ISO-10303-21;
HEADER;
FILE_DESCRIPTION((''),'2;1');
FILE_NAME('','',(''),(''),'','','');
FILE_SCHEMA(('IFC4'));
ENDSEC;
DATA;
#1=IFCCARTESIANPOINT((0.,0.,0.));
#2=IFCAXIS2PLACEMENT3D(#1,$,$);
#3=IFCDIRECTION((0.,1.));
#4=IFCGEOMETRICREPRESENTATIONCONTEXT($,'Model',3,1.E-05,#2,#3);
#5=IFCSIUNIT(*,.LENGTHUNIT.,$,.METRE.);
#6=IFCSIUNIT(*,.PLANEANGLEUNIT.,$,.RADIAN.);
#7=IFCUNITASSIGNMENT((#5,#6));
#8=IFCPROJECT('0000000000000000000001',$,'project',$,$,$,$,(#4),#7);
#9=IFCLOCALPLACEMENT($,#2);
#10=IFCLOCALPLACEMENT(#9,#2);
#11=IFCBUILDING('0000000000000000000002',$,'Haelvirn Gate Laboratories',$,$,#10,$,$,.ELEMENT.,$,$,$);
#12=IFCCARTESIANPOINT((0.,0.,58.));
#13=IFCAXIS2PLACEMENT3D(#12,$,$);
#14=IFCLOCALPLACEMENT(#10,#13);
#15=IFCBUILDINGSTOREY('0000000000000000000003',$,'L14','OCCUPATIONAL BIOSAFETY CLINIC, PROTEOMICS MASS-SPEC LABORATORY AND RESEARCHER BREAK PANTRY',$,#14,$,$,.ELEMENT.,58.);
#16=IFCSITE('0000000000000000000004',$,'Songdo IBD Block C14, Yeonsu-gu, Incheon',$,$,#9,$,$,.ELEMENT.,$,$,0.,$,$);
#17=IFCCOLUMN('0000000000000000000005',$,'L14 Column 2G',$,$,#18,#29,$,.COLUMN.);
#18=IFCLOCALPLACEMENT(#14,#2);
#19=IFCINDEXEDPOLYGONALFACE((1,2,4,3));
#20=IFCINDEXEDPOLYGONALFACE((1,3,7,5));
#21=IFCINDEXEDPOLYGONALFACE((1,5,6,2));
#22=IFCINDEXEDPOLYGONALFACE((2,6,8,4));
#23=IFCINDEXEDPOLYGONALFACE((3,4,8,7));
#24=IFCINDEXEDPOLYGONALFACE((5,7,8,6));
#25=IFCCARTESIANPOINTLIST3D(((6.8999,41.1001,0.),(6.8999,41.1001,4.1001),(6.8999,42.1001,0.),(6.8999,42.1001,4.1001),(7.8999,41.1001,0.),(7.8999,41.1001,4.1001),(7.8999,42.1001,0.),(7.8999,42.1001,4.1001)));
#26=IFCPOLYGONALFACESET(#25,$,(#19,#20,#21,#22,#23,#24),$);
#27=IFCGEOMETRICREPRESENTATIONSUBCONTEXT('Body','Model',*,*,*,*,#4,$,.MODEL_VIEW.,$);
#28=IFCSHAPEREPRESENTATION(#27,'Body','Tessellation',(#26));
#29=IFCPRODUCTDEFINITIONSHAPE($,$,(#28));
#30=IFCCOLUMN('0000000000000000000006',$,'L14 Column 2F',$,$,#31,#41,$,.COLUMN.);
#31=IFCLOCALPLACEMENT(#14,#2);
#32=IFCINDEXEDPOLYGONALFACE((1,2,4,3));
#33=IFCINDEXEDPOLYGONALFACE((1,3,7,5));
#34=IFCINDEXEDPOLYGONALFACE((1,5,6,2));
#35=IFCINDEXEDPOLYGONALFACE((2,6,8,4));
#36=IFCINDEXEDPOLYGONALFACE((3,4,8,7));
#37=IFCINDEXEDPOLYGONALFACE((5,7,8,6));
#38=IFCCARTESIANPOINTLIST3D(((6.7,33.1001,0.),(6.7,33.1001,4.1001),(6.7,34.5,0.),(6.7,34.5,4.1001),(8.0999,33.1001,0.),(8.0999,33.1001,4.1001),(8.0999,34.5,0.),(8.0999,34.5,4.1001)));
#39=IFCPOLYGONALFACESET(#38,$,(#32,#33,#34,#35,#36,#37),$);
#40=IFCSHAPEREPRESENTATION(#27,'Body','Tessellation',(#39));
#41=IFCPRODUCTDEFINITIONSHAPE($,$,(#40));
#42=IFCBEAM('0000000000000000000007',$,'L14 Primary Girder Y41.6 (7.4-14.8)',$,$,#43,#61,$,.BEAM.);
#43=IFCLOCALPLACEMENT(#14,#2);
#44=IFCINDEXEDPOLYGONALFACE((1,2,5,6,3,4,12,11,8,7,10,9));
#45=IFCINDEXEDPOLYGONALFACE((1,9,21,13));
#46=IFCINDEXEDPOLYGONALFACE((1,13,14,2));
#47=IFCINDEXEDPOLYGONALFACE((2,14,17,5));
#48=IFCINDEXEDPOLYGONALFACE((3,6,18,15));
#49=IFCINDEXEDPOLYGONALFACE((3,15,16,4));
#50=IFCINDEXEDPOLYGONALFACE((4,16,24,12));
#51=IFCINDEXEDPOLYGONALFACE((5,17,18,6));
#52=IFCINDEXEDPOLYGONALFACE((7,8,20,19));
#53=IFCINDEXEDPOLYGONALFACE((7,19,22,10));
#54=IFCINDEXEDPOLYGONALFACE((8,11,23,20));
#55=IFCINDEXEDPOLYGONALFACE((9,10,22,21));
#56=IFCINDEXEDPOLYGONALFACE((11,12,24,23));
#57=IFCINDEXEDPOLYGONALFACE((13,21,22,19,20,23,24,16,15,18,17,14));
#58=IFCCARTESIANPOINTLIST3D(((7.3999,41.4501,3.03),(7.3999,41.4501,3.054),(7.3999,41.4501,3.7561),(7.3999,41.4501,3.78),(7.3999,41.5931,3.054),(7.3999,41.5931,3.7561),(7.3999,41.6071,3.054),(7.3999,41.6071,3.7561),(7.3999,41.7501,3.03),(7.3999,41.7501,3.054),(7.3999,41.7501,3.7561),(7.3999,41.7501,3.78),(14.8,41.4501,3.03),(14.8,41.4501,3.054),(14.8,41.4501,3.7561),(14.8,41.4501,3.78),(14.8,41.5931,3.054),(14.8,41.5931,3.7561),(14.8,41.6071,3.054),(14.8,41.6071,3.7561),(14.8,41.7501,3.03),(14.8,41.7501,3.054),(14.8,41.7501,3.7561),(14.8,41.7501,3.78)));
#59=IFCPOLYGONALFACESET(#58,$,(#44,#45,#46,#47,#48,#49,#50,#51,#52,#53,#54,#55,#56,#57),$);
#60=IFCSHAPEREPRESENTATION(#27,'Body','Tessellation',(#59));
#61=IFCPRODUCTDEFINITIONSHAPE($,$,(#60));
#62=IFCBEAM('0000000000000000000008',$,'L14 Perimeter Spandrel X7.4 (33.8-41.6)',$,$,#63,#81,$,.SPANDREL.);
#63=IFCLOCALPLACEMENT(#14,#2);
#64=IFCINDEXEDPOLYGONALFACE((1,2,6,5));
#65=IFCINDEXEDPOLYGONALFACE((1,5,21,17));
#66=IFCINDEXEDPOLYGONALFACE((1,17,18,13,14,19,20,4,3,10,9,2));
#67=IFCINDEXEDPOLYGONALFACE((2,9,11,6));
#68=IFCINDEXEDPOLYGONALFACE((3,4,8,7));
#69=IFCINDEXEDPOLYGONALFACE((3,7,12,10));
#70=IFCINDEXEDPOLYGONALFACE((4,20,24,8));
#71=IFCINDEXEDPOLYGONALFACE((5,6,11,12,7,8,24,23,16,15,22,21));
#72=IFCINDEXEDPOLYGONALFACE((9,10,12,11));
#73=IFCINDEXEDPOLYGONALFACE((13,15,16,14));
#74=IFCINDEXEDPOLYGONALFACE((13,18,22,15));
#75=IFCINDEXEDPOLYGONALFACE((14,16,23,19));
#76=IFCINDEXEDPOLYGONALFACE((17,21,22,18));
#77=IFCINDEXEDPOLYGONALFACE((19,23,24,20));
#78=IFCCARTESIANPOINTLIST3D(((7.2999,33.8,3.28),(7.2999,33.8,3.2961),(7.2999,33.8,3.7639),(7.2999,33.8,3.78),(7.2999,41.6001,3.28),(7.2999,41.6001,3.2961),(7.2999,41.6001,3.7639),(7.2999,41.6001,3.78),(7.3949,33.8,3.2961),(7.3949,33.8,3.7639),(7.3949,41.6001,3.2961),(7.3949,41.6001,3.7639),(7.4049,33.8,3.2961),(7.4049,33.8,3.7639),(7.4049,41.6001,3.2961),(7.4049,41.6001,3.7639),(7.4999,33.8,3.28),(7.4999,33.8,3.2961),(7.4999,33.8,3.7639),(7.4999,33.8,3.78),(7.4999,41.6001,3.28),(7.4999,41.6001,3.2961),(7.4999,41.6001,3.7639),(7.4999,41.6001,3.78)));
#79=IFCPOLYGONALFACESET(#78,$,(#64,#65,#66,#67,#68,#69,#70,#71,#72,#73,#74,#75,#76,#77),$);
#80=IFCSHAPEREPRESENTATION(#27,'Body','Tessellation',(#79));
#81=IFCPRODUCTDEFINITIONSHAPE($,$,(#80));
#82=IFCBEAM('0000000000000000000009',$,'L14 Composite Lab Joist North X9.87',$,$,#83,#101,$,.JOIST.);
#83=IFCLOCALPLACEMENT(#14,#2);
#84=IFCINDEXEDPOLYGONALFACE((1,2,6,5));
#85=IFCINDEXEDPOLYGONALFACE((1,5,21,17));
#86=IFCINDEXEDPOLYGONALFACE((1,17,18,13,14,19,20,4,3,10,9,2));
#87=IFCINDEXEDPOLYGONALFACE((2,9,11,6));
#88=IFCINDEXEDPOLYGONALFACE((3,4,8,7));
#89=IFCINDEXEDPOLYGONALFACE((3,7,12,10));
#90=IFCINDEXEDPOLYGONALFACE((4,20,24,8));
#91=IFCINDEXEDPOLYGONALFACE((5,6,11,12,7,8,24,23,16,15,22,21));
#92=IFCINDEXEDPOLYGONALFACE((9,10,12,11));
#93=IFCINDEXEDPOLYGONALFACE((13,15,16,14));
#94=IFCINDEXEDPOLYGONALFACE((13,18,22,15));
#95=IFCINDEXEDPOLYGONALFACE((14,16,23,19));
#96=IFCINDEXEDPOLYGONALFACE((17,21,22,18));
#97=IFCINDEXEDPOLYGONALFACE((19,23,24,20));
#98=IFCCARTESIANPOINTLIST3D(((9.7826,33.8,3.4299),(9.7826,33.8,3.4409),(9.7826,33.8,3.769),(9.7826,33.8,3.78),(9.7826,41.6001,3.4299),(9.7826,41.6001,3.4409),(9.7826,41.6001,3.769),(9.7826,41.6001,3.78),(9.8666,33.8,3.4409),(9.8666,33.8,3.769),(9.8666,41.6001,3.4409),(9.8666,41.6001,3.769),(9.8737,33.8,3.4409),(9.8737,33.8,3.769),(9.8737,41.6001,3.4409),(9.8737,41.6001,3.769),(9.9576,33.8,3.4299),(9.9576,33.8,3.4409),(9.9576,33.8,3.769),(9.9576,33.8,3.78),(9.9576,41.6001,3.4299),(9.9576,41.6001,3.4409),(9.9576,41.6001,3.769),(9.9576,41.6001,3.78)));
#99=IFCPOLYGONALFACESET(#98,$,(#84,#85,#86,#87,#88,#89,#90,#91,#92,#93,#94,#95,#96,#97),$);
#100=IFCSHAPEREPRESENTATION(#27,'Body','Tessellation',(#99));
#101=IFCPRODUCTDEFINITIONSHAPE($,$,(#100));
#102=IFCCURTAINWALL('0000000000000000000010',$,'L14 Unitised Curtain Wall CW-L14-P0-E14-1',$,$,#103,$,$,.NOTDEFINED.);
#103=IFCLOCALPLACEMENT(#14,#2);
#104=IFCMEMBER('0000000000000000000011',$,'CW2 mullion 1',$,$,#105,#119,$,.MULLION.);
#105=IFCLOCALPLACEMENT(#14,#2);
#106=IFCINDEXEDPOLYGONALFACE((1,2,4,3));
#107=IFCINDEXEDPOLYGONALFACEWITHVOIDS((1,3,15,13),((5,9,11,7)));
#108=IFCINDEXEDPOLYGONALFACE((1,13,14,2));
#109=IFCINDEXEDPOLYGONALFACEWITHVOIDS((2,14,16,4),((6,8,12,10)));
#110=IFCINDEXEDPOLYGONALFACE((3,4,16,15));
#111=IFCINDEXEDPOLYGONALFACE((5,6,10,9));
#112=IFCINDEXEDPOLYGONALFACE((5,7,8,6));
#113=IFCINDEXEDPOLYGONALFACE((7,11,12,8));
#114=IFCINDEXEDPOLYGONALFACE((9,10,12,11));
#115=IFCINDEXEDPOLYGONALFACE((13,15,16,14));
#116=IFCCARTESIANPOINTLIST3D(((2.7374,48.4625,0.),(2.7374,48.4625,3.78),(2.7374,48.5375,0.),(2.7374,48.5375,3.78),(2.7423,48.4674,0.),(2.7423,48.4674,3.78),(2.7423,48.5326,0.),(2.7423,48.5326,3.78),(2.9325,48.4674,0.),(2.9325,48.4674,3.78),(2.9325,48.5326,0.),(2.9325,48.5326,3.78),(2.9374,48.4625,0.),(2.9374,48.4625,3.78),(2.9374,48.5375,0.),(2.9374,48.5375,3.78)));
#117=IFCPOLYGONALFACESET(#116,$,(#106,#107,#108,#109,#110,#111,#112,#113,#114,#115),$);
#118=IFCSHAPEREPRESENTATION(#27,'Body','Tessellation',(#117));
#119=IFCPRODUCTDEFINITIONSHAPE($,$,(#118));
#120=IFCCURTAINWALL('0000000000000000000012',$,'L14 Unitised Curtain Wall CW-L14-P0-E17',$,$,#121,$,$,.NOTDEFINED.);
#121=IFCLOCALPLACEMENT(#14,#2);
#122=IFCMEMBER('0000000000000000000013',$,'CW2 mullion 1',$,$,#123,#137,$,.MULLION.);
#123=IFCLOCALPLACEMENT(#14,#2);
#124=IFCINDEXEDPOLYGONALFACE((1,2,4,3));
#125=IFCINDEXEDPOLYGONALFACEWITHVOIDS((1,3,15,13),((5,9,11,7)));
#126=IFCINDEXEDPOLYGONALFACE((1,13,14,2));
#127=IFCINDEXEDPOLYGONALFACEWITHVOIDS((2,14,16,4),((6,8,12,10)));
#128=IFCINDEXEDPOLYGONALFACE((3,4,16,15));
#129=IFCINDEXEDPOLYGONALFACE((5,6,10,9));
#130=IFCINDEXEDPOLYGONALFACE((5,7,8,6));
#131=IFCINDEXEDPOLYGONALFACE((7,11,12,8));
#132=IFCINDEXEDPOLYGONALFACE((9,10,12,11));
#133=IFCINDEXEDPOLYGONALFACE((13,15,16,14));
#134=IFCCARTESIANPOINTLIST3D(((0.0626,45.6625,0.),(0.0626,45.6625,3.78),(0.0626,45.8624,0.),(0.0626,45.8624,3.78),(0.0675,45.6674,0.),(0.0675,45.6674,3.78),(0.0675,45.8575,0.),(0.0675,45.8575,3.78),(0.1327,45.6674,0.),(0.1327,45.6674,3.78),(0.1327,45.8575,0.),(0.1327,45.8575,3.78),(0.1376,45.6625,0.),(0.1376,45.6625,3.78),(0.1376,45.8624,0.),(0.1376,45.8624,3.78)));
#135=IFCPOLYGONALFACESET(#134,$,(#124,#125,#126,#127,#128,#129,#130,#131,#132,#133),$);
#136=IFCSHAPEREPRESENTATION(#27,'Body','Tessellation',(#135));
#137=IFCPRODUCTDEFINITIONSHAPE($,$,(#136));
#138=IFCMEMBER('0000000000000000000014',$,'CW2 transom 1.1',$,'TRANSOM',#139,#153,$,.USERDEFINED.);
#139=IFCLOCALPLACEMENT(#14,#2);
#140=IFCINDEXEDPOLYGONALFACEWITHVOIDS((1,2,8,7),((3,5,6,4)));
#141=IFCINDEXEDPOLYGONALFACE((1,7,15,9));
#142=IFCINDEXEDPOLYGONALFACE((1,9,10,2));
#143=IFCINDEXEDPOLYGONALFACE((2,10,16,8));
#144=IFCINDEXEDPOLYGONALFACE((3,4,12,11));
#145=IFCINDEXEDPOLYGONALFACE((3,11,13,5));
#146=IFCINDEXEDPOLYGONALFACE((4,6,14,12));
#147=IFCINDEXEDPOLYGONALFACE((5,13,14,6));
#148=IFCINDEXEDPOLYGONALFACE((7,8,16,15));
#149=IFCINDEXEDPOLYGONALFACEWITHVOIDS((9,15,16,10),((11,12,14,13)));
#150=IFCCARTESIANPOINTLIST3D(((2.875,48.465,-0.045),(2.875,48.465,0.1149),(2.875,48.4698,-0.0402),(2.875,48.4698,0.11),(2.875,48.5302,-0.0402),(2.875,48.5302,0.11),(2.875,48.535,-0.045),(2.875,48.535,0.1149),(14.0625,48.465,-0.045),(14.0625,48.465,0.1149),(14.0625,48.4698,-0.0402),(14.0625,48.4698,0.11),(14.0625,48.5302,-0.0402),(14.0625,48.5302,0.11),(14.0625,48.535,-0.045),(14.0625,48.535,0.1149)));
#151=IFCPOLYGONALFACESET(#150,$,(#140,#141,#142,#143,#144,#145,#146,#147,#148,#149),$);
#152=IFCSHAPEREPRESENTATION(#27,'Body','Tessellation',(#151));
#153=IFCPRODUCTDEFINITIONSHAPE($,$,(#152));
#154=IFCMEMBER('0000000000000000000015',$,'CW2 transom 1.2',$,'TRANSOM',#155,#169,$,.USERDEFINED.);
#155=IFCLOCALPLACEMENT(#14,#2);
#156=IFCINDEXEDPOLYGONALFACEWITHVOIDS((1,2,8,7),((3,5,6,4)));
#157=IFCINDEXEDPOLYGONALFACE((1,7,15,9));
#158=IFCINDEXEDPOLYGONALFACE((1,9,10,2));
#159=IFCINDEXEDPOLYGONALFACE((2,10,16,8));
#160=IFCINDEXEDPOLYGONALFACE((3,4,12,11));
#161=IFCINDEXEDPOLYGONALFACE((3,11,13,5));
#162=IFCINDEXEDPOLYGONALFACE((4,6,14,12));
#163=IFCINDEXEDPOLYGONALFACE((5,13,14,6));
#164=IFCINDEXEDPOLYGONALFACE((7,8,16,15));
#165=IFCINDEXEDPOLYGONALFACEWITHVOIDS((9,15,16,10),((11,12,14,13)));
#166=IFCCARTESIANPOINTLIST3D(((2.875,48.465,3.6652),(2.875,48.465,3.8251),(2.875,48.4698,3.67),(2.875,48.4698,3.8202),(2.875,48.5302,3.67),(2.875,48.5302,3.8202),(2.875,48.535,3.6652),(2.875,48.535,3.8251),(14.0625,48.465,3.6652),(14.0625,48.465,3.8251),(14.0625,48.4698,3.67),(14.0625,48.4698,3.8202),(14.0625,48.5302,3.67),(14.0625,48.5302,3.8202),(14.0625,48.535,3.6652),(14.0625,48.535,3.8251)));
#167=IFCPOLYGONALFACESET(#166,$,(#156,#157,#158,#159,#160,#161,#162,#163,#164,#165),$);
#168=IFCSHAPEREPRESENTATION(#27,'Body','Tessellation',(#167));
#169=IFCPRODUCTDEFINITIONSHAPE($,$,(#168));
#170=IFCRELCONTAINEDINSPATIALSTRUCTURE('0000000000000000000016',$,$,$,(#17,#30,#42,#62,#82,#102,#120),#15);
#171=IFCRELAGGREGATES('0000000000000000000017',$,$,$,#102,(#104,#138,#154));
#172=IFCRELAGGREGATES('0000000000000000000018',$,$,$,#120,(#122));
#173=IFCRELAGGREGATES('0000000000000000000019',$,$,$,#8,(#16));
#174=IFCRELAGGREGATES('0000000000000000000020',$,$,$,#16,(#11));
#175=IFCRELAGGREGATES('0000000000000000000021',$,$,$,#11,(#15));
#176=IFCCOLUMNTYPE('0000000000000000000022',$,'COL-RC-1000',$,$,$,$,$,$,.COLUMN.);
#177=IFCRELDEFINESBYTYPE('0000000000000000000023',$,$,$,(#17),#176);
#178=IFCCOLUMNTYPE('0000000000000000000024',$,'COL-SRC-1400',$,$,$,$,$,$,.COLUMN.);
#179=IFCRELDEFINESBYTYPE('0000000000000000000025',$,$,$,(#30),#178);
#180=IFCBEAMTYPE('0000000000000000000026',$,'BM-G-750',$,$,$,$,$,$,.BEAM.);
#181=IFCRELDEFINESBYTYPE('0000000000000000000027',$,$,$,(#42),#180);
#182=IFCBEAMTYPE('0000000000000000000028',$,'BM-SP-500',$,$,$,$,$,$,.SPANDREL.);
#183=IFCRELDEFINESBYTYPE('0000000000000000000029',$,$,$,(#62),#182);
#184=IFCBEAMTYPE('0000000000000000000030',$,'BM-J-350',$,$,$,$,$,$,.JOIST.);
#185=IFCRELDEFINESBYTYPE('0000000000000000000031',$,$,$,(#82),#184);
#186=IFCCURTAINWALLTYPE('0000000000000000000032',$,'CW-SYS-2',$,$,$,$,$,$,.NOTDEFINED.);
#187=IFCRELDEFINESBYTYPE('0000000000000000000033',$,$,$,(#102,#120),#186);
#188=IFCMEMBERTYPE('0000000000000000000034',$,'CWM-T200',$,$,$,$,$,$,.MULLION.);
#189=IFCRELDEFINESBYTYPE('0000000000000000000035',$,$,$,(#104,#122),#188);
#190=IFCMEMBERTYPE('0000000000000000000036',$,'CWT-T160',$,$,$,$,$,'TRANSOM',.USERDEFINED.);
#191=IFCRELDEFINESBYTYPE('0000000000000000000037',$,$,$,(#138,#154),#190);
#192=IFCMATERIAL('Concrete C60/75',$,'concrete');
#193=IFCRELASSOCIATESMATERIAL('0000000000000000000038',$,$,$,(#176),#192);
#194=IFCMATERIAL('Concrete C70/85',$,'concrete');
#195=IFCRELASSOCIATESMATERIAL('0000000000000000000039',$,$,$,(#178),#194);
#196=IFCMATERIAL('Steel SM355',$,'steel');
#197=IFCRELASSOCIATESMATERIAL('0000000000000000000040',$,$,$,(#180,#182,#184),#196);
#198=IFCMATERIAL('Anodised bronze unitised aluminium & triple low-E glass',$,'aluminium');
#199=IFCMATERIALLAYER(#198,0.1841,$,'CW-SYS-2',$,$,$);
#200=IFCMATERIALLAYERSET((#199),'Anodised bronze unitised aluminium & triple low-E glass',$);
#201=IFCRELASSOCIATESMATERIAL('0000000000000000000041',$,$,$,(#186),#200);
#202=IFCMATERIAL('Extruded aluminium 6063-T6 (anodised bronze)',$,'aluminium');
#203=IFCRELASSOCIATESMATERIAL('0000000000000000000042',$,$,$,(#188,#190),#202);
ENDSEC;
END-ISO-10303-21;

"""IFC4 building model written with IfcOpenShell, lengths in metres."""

from ifc_helpers import new_model, si_unit, direction, frame, origin, origin_2d, place, context, subcontext, project, spatial, rectangle, hollow_rectangle, i_section, extrude, source, transform, mapped, material, layer, layer_set, material_profile, profile_set, type_object, type_shapes, element, aggregate, save


model = new_model("IFC4")

# Units and contexts
model_context = context("Model", 3, precision=1e-05, world=origin(), true_north=direction((0.0, 1.0)))
body_context = subcontext(model_context, "Body", "Model", "MODEL_VIEW")
ifc_project = project(units=[si_unit("LENGTHUNIT", "METRE"), si_unit("PLANEANGLEUNIT", "RADIAN")], contexts=[model_context])

# Site, building, storey
site_placement = place(None, origin())
site = spatial("IfcSite", under=ifc_project, at=site_placement, Name="Songdo IBD Block C14, Yeonsu-gu, Incheon", CompositionType="ELEMENT", RefElevation=0.0)
building_placement = place(site_placement, origin())
building = spatial("IfcBuilding", under=site, at=building_placement, Name="Haelvirn Gate Laboratories", CompositionType="ELEMENT")
storey_placement = place(building_placement, frame((0.0, 0.0, 58.0)))
storey = spatial("IfcBuildingStorey", under=building, at=storey_placement, Name="L14", Description="OCCUPATIONAL BIOSAFETY CLINIC, PROTEOMICS MASS-SPEC LABORATORY AND RESEARCHER BREAK PANTRY", CompositionType="ELEMENT", Elevation=58.0)

# Columns
ifc_material_1 = material(Name="Concrete C60/75", Category="concrete")
ifc_material_profile_1 = material_profile(ifc_material_1, rectangle(XDim=1.0, YDim=1.0, at=origin_2d()), Name="RC-1000x1000")
ifc_profile_set_1 = profile_set([ifc_material_profile_1], Name="Concrete C60/75")
column_type_1 = type_object("IfcColumnType", Name="COL-RC-1000", PredefinedType="COLUMN", material=ifc_profile_set_1)
shared_shape_1 = source(origin(), body_context, "Body", "SweptSolid", [
    extrude(rectangle(XDim=1.0, YDim=1.0, at=origin_2d()), origin(), (0.0, 0.0, 1.0), 4.1001),
])
type_shapes(column_type_1, [shared_shape_1])
column_1_placement = place(storey_placement, frame((7.3999, 41.6001, 0.0), z_axis=(0.0, 0.0, 1.0), x_axis=(1.0, 0.0, 0.0)))
element("IfcColumn", 1, at=column_1_placement, inside=storey, type_object=column_type_1, Name="L14 Column 2G", PredefinedType="COLUMN", context=body_context, shape_type="MappedRepresentation", body=[
    mapped(shared_shape_1, transform((0.0, 0.0, 0.0), scale=1.0)),
])
ifc_material_2 = material(Name="Concrete C70/85", Category="concrete")
ifc_material_profile_2 = material_profile(ifc_material_2, rectangle(XDim=1.3999, YDim=1.3999, at=origin_2d()), Name="SRC-1400x1400")
ifc_profile_set_2 = profile_set([ifc_material_profile_2], Name="Concrete C70/85")
column_type_2 = type_object("IfcColumnType", Name="COL-SRC-1400", PredefinedType="COLUMN", material=ifc_profile_set_2)
shared_shape_2 = source(origin(), body_context, "Body", "SweptSolid", [
    extrude(rectangle(XDim=1.3999, YDim=1.3999, at=origin_2d()), origin(), (0.0, 0.0, 1.0), 4.1001),
])
type_shapes(column_type_2, [shared_shape_2])
column_2_placement = place(storey_placement, frame((7.3999, 33.8, 0.0), z_axis=(0.0, 0.0, 1.0), x_axis=(1.0, 0.0, 0.0)))
element("IfcColumn", 2, at=column_2_placement, inside=storey, type_object=column_type_2, Name="L14 Column 2F", PredefinedType="COLUMN", context=body_context, shape_type="MappedRepresentation", body=[
    mapped(shared_shape_2, transform((0.0, 0.0, 0.0), scale=1.0)),
])

# Beams
ifc_material_3 = material(Name="Steel SM355", Category="steel")
ifc_material_profile_3 = material_profile(ifc_material_3, i_section(OverallWidth=0.3, OverallDepth=0.75, WebThickness=0.0139, FlangeThickness=0.0239, at=origin_2d()), Name="H-750x300x14x24")
ifc_profile_set_3 = profile_set([ifc_material_profile_3], Name="Steel SM355")
beam_type_1 = type_object("IfcBeamType", Name="BM-G-750", PredefinedType="BEAM", material=ifc_profile_set_3)
shared_shape_3 = source(origin(), body_context, "Body", "SweptSolid", [
    extrude(i_section(OverallWidth=0.3, OverallDepth=0.75, WebThickness=0.0139, FlangeThickness=0.0239, at=origin_2d()), origin(), (0.0, 0.0, 1.0), 7.4001),
])
type_shapes(beam_type_1, [shared_shape_3])
beam_1_placement = place(storey_placement, frame((7.3999, 41.6001, 3.405), z_axis=(1.0, 0.0, 0.0), x_axis=(0.0, 1.0, 0.0)))
element("IfcBeam", 3, at=beam_1_placement, inside=storey, type_object=beam_type_1, Name="L14 Primary Girder Y41.6 (7.4-14.8)", PredefinedType="BEAM", context=body_context, shape_type="MappedRepresentation", body=[
    mapped(shared_shape_3, transform((0.0, 0.0, 0.0), scale=1.0)),
])
ifc_material_profile_4 = material_profile(ifc_material_3, i_section(OverallWidth=0.2, OverallDepth=0.5, WebThickness=0.01, FlangeThickness=0.0161, at=origin_2d()), Name="H-500x200x10x16")
ifc_profile_set_4 = profile_set([ifc_material_profile_4], Name="Steel SM355")
beam_type_2 = type_object("IfcBeamType", Name="BM-SP-500", PredefinedType="SPANDREL", material=ifc_profile_set_4)
shared_shape_4 = source(origin(), body_context, "Body", "SweptSolid", [
    extrude(i_section(OverallWidth=0.2, OverallDepth=0.5, WebThickness=0.01, FlangeThickness=0.0161, at=origin_2d()), origin(), (0.0, 0.0, 1.0), 7.8),
])
type_shapes(beam_type_2, [shared_shape_4])
beam_2_placement = place(storey_placement, frame((7.3999, 33.8, 3.53), z_axis=(0.0, 1.0, 0.0), x_axis=(-1.0, 0.0, 0.0)))
element("IfcBeam", 4, at=beam_2_placement, inside=storey, type_object=beam_type_2, Name="L14 Perimeter Spandrel X7.4 (33.8-41.6)", PredefinedType="SPANDREL", context=body_context, shape_type="MappedRepresentation", body=[
    mapped(shared_shape_4, transform((0.0, 0.0, 0.0), scale=1.0)),
])
ifc_material_profile_5 = material_profile(ifc_material_3, i_section(OverallWidth=0.175, OverallDepth=0.3501, WebThickness=0.0071, FlangeThickness=0.011, at=origin_2d()), Name="H-350x175x7x11")
ifc_profile_set_5 = profile_set([ifc_material_profile_5], Name="Steel SM355")
beam_type_3 = type_object("IfcBeamType", Name="BM-J-350", PredefinedType="JOIST", material=ifc_profile_set_5)
shared_shape_5 = source(origin(), body_context, "Body", "SweptSolid", [
    extrude(i_section(OverallWidth=0.175, OverallDepth=0.3501, WebThickness=0.0071, FlangeThickness=0.011, at=origin_2d()), origin(), (0.0, 0.0, 1.0), 7.8),
])
type_shapes(beam_type_3, [shared_shape_5])
beam_3_placement = place(storey_placement, frame((9.8701, 33.8, 3.605), z_axis=(0.0, 1.0, 0.0), x_axis=(-1.0, 0.0, 0.0)))
element("IfcBeam", 5, at=beam_3_placement, inside=storey, type_object=beam_type_3, Name="L14 Composite Lab Joist North X9.87", PredefinedType="JOIST", context=body_context, shape_type="MappedRepresentation", body=[
    mapped(shared_shape_5, transform((0.0, 0.0, 0.0), scale=1.0)),
])

# Curtain walls, members
ifc_material_4 = material(Name="Anodised bronze unitised aluminium & triple low-E glass", Category="aluminium")
ifc_layer_1 = layer(ifc_material_4, 0.1841, Name="CW-SYS-2")
ifc_layer_set_1 = layer_set([ifc_layer_1], Name="Anodised bronze unitised aluminium & triple low-E glass")
curtain_wall_type_1 = type_object("IfcCurtainWallType", Name="CW-SYS-2", PredefinedType="NOTDEFINED", material=ifc_layer_set_1)
curtain_wall_1_placement = place(storey_placement, origin())
curtain_wall_1 = element("IfcCurtainWall", 6, at=curtain_wall_1_placement, inside=storey, type_object=curtain_wall_type_1, Name="L14 Unitised Curtain Wall CW-L14-P0-E14-1", PredefinedType="NOTDEFINED")
ifc_material_5 = material(Name="Extruded aluminium 6063-T6 (anodised bronze)", Category="aluminium")
ifc_material_profile_6 = material_profile(ifc_material_5, hollow_rectangle(XDim=0.075, YDim=0.2, WallThickness=0.0049, at=origin_2d()), Name="CWM-200x75x5")
ifc_profile_set_6 = profile_set([ifc_material_profile_6], Name="Extruded aluminium 6063-T6 (anodised bronze)")
member_type_1 = type_object("IfcMemberType", Name="CWM-T200", PredefinedType="MULLION", material=ifc_profile_set_6)
shared_shape_6 = source(origin(), body_context, "Body", "SweptSolid", [
    extrude(hollow_rectangle(XDim=0.075, YDim=0.2, WallThickness=0.0049, at=origin_2d()), origin(), (0.0, 0.0, 1.0), 3.78),
])
type_shapes(member_type_1, [shared_shape_6])
member_1_placement = place(storey_placement, frame((2.8374, 48.5, 0.0), z_axis=(0.0, 0.0, 1.0), x_axis=(0.0, 1.0, 0.0)))
member_1 = element("IfcMember", 7, at=member_1_placement, type_object=member_type_1, Name="CW2 mullion 1", PredefinedType="MULLION", context=body_context, shape_type="MappedRepresentation", body=[
    mapped(shared_shape_6, transform((0.0, 0.0, 0.0), scale=1.0)),
])
curtain_wall_2_placement = place(storey_placement, origin())
curtain_wall_2 = element("IfcCurtainWall", 8, at=curtain_wall_2_placement, inside=storey, type_object=curtain_wall_type_1, Name="L14 Unitised Curtain Wall CW-L14-P0-E17", PredefinedType="NOTDEFINED")
member_2_placement = place(storey_placement, frame((0.1001, 45.7625, 0.0), z_axis=(0.0, 0.0, 1.0), x_axis=(1.0, 0.0, 0.0)))
member_2 = element("IfcMember", 9, at=member_2_placement, type_object=member_type_1, Name="CW2 mullion 1", PredefinedType="MULLION", context=body_context, shape_type="MappedRepresentation", body=[
    mapped(shared_shape_6, transform((0.0, 0.0, 0.0), scale=1.0)),
])

# Members
ifc_material_profile_7 = material_profile(ifc_material_5, hollow_rectangle(XDim=0.0701, YDim=0.1599, WallThickness=0.0049, at=origin_2d()), Name="CWT-160x70x5")
ifc_profile_set_7 = profile_set([ifc_material_profile_7], Name="Extruded aluminium 6063-T6 (anodised bronze)")
member_type_2 = type_object("IfcMemberType", Name="CWT-T160", ElementType="TRANSOM", PredefinedType="USERDEFINED", material=ifc_profile_set_7)
shared_shape_7 = source(origin(), body_context, "Body", "SweptSolid", [
    extrude(hollow_rectangle(XDim=0.0701, YDim=0.1599, WallThickness=0.0049, at=origin_2d()), origin(), (0.0, 0.0, 1.0), 11.1875),
])
member_3_placement = place(storey_placement, frame((2.875, 48.5, 0.0349), z_axis=(1.0, 0.0, 0.0), x_axis=(0.0, 1.0, 0.0)))
member_3 = element("IfcMember", 10, at=member_3_placement, type_object=member_type_2, Name="CW2 transom 1.1", ObjectType="TRANSOM", PredefinedType="USERDEFINED", context=body_context, shape_type="MappedRepresentation", body=[
    mapped(shared_shape_7, transform((0.0, 0.0, 0.0), scale=1.0)),
])
member_4_placement = place(storey_placement, frame((2.875, 48.5, 3.7451), z_axis=(1.0, 0.0, 0.0), x_axis=(0.0, 1.0, 0.0)))
member_4 = element("IfcMember", 11, at=member_4_placement, type_object=member_type_2, Name="CW2 transom 1.2", ObjectType="TRANSOM", PredefinedType="USERDEFINED", context=body_context, shape_type="MappedRepresentation", body=[
    mapped(shared_shape_7, transform((0.0, 0.0, 0.0), scale=1.0)),
])

aggregate(curtain_wall_1, [member_1, member_3, member_4])
aggregate(curtain_wall_2, [member_2])

save(model, "model.ifc")
